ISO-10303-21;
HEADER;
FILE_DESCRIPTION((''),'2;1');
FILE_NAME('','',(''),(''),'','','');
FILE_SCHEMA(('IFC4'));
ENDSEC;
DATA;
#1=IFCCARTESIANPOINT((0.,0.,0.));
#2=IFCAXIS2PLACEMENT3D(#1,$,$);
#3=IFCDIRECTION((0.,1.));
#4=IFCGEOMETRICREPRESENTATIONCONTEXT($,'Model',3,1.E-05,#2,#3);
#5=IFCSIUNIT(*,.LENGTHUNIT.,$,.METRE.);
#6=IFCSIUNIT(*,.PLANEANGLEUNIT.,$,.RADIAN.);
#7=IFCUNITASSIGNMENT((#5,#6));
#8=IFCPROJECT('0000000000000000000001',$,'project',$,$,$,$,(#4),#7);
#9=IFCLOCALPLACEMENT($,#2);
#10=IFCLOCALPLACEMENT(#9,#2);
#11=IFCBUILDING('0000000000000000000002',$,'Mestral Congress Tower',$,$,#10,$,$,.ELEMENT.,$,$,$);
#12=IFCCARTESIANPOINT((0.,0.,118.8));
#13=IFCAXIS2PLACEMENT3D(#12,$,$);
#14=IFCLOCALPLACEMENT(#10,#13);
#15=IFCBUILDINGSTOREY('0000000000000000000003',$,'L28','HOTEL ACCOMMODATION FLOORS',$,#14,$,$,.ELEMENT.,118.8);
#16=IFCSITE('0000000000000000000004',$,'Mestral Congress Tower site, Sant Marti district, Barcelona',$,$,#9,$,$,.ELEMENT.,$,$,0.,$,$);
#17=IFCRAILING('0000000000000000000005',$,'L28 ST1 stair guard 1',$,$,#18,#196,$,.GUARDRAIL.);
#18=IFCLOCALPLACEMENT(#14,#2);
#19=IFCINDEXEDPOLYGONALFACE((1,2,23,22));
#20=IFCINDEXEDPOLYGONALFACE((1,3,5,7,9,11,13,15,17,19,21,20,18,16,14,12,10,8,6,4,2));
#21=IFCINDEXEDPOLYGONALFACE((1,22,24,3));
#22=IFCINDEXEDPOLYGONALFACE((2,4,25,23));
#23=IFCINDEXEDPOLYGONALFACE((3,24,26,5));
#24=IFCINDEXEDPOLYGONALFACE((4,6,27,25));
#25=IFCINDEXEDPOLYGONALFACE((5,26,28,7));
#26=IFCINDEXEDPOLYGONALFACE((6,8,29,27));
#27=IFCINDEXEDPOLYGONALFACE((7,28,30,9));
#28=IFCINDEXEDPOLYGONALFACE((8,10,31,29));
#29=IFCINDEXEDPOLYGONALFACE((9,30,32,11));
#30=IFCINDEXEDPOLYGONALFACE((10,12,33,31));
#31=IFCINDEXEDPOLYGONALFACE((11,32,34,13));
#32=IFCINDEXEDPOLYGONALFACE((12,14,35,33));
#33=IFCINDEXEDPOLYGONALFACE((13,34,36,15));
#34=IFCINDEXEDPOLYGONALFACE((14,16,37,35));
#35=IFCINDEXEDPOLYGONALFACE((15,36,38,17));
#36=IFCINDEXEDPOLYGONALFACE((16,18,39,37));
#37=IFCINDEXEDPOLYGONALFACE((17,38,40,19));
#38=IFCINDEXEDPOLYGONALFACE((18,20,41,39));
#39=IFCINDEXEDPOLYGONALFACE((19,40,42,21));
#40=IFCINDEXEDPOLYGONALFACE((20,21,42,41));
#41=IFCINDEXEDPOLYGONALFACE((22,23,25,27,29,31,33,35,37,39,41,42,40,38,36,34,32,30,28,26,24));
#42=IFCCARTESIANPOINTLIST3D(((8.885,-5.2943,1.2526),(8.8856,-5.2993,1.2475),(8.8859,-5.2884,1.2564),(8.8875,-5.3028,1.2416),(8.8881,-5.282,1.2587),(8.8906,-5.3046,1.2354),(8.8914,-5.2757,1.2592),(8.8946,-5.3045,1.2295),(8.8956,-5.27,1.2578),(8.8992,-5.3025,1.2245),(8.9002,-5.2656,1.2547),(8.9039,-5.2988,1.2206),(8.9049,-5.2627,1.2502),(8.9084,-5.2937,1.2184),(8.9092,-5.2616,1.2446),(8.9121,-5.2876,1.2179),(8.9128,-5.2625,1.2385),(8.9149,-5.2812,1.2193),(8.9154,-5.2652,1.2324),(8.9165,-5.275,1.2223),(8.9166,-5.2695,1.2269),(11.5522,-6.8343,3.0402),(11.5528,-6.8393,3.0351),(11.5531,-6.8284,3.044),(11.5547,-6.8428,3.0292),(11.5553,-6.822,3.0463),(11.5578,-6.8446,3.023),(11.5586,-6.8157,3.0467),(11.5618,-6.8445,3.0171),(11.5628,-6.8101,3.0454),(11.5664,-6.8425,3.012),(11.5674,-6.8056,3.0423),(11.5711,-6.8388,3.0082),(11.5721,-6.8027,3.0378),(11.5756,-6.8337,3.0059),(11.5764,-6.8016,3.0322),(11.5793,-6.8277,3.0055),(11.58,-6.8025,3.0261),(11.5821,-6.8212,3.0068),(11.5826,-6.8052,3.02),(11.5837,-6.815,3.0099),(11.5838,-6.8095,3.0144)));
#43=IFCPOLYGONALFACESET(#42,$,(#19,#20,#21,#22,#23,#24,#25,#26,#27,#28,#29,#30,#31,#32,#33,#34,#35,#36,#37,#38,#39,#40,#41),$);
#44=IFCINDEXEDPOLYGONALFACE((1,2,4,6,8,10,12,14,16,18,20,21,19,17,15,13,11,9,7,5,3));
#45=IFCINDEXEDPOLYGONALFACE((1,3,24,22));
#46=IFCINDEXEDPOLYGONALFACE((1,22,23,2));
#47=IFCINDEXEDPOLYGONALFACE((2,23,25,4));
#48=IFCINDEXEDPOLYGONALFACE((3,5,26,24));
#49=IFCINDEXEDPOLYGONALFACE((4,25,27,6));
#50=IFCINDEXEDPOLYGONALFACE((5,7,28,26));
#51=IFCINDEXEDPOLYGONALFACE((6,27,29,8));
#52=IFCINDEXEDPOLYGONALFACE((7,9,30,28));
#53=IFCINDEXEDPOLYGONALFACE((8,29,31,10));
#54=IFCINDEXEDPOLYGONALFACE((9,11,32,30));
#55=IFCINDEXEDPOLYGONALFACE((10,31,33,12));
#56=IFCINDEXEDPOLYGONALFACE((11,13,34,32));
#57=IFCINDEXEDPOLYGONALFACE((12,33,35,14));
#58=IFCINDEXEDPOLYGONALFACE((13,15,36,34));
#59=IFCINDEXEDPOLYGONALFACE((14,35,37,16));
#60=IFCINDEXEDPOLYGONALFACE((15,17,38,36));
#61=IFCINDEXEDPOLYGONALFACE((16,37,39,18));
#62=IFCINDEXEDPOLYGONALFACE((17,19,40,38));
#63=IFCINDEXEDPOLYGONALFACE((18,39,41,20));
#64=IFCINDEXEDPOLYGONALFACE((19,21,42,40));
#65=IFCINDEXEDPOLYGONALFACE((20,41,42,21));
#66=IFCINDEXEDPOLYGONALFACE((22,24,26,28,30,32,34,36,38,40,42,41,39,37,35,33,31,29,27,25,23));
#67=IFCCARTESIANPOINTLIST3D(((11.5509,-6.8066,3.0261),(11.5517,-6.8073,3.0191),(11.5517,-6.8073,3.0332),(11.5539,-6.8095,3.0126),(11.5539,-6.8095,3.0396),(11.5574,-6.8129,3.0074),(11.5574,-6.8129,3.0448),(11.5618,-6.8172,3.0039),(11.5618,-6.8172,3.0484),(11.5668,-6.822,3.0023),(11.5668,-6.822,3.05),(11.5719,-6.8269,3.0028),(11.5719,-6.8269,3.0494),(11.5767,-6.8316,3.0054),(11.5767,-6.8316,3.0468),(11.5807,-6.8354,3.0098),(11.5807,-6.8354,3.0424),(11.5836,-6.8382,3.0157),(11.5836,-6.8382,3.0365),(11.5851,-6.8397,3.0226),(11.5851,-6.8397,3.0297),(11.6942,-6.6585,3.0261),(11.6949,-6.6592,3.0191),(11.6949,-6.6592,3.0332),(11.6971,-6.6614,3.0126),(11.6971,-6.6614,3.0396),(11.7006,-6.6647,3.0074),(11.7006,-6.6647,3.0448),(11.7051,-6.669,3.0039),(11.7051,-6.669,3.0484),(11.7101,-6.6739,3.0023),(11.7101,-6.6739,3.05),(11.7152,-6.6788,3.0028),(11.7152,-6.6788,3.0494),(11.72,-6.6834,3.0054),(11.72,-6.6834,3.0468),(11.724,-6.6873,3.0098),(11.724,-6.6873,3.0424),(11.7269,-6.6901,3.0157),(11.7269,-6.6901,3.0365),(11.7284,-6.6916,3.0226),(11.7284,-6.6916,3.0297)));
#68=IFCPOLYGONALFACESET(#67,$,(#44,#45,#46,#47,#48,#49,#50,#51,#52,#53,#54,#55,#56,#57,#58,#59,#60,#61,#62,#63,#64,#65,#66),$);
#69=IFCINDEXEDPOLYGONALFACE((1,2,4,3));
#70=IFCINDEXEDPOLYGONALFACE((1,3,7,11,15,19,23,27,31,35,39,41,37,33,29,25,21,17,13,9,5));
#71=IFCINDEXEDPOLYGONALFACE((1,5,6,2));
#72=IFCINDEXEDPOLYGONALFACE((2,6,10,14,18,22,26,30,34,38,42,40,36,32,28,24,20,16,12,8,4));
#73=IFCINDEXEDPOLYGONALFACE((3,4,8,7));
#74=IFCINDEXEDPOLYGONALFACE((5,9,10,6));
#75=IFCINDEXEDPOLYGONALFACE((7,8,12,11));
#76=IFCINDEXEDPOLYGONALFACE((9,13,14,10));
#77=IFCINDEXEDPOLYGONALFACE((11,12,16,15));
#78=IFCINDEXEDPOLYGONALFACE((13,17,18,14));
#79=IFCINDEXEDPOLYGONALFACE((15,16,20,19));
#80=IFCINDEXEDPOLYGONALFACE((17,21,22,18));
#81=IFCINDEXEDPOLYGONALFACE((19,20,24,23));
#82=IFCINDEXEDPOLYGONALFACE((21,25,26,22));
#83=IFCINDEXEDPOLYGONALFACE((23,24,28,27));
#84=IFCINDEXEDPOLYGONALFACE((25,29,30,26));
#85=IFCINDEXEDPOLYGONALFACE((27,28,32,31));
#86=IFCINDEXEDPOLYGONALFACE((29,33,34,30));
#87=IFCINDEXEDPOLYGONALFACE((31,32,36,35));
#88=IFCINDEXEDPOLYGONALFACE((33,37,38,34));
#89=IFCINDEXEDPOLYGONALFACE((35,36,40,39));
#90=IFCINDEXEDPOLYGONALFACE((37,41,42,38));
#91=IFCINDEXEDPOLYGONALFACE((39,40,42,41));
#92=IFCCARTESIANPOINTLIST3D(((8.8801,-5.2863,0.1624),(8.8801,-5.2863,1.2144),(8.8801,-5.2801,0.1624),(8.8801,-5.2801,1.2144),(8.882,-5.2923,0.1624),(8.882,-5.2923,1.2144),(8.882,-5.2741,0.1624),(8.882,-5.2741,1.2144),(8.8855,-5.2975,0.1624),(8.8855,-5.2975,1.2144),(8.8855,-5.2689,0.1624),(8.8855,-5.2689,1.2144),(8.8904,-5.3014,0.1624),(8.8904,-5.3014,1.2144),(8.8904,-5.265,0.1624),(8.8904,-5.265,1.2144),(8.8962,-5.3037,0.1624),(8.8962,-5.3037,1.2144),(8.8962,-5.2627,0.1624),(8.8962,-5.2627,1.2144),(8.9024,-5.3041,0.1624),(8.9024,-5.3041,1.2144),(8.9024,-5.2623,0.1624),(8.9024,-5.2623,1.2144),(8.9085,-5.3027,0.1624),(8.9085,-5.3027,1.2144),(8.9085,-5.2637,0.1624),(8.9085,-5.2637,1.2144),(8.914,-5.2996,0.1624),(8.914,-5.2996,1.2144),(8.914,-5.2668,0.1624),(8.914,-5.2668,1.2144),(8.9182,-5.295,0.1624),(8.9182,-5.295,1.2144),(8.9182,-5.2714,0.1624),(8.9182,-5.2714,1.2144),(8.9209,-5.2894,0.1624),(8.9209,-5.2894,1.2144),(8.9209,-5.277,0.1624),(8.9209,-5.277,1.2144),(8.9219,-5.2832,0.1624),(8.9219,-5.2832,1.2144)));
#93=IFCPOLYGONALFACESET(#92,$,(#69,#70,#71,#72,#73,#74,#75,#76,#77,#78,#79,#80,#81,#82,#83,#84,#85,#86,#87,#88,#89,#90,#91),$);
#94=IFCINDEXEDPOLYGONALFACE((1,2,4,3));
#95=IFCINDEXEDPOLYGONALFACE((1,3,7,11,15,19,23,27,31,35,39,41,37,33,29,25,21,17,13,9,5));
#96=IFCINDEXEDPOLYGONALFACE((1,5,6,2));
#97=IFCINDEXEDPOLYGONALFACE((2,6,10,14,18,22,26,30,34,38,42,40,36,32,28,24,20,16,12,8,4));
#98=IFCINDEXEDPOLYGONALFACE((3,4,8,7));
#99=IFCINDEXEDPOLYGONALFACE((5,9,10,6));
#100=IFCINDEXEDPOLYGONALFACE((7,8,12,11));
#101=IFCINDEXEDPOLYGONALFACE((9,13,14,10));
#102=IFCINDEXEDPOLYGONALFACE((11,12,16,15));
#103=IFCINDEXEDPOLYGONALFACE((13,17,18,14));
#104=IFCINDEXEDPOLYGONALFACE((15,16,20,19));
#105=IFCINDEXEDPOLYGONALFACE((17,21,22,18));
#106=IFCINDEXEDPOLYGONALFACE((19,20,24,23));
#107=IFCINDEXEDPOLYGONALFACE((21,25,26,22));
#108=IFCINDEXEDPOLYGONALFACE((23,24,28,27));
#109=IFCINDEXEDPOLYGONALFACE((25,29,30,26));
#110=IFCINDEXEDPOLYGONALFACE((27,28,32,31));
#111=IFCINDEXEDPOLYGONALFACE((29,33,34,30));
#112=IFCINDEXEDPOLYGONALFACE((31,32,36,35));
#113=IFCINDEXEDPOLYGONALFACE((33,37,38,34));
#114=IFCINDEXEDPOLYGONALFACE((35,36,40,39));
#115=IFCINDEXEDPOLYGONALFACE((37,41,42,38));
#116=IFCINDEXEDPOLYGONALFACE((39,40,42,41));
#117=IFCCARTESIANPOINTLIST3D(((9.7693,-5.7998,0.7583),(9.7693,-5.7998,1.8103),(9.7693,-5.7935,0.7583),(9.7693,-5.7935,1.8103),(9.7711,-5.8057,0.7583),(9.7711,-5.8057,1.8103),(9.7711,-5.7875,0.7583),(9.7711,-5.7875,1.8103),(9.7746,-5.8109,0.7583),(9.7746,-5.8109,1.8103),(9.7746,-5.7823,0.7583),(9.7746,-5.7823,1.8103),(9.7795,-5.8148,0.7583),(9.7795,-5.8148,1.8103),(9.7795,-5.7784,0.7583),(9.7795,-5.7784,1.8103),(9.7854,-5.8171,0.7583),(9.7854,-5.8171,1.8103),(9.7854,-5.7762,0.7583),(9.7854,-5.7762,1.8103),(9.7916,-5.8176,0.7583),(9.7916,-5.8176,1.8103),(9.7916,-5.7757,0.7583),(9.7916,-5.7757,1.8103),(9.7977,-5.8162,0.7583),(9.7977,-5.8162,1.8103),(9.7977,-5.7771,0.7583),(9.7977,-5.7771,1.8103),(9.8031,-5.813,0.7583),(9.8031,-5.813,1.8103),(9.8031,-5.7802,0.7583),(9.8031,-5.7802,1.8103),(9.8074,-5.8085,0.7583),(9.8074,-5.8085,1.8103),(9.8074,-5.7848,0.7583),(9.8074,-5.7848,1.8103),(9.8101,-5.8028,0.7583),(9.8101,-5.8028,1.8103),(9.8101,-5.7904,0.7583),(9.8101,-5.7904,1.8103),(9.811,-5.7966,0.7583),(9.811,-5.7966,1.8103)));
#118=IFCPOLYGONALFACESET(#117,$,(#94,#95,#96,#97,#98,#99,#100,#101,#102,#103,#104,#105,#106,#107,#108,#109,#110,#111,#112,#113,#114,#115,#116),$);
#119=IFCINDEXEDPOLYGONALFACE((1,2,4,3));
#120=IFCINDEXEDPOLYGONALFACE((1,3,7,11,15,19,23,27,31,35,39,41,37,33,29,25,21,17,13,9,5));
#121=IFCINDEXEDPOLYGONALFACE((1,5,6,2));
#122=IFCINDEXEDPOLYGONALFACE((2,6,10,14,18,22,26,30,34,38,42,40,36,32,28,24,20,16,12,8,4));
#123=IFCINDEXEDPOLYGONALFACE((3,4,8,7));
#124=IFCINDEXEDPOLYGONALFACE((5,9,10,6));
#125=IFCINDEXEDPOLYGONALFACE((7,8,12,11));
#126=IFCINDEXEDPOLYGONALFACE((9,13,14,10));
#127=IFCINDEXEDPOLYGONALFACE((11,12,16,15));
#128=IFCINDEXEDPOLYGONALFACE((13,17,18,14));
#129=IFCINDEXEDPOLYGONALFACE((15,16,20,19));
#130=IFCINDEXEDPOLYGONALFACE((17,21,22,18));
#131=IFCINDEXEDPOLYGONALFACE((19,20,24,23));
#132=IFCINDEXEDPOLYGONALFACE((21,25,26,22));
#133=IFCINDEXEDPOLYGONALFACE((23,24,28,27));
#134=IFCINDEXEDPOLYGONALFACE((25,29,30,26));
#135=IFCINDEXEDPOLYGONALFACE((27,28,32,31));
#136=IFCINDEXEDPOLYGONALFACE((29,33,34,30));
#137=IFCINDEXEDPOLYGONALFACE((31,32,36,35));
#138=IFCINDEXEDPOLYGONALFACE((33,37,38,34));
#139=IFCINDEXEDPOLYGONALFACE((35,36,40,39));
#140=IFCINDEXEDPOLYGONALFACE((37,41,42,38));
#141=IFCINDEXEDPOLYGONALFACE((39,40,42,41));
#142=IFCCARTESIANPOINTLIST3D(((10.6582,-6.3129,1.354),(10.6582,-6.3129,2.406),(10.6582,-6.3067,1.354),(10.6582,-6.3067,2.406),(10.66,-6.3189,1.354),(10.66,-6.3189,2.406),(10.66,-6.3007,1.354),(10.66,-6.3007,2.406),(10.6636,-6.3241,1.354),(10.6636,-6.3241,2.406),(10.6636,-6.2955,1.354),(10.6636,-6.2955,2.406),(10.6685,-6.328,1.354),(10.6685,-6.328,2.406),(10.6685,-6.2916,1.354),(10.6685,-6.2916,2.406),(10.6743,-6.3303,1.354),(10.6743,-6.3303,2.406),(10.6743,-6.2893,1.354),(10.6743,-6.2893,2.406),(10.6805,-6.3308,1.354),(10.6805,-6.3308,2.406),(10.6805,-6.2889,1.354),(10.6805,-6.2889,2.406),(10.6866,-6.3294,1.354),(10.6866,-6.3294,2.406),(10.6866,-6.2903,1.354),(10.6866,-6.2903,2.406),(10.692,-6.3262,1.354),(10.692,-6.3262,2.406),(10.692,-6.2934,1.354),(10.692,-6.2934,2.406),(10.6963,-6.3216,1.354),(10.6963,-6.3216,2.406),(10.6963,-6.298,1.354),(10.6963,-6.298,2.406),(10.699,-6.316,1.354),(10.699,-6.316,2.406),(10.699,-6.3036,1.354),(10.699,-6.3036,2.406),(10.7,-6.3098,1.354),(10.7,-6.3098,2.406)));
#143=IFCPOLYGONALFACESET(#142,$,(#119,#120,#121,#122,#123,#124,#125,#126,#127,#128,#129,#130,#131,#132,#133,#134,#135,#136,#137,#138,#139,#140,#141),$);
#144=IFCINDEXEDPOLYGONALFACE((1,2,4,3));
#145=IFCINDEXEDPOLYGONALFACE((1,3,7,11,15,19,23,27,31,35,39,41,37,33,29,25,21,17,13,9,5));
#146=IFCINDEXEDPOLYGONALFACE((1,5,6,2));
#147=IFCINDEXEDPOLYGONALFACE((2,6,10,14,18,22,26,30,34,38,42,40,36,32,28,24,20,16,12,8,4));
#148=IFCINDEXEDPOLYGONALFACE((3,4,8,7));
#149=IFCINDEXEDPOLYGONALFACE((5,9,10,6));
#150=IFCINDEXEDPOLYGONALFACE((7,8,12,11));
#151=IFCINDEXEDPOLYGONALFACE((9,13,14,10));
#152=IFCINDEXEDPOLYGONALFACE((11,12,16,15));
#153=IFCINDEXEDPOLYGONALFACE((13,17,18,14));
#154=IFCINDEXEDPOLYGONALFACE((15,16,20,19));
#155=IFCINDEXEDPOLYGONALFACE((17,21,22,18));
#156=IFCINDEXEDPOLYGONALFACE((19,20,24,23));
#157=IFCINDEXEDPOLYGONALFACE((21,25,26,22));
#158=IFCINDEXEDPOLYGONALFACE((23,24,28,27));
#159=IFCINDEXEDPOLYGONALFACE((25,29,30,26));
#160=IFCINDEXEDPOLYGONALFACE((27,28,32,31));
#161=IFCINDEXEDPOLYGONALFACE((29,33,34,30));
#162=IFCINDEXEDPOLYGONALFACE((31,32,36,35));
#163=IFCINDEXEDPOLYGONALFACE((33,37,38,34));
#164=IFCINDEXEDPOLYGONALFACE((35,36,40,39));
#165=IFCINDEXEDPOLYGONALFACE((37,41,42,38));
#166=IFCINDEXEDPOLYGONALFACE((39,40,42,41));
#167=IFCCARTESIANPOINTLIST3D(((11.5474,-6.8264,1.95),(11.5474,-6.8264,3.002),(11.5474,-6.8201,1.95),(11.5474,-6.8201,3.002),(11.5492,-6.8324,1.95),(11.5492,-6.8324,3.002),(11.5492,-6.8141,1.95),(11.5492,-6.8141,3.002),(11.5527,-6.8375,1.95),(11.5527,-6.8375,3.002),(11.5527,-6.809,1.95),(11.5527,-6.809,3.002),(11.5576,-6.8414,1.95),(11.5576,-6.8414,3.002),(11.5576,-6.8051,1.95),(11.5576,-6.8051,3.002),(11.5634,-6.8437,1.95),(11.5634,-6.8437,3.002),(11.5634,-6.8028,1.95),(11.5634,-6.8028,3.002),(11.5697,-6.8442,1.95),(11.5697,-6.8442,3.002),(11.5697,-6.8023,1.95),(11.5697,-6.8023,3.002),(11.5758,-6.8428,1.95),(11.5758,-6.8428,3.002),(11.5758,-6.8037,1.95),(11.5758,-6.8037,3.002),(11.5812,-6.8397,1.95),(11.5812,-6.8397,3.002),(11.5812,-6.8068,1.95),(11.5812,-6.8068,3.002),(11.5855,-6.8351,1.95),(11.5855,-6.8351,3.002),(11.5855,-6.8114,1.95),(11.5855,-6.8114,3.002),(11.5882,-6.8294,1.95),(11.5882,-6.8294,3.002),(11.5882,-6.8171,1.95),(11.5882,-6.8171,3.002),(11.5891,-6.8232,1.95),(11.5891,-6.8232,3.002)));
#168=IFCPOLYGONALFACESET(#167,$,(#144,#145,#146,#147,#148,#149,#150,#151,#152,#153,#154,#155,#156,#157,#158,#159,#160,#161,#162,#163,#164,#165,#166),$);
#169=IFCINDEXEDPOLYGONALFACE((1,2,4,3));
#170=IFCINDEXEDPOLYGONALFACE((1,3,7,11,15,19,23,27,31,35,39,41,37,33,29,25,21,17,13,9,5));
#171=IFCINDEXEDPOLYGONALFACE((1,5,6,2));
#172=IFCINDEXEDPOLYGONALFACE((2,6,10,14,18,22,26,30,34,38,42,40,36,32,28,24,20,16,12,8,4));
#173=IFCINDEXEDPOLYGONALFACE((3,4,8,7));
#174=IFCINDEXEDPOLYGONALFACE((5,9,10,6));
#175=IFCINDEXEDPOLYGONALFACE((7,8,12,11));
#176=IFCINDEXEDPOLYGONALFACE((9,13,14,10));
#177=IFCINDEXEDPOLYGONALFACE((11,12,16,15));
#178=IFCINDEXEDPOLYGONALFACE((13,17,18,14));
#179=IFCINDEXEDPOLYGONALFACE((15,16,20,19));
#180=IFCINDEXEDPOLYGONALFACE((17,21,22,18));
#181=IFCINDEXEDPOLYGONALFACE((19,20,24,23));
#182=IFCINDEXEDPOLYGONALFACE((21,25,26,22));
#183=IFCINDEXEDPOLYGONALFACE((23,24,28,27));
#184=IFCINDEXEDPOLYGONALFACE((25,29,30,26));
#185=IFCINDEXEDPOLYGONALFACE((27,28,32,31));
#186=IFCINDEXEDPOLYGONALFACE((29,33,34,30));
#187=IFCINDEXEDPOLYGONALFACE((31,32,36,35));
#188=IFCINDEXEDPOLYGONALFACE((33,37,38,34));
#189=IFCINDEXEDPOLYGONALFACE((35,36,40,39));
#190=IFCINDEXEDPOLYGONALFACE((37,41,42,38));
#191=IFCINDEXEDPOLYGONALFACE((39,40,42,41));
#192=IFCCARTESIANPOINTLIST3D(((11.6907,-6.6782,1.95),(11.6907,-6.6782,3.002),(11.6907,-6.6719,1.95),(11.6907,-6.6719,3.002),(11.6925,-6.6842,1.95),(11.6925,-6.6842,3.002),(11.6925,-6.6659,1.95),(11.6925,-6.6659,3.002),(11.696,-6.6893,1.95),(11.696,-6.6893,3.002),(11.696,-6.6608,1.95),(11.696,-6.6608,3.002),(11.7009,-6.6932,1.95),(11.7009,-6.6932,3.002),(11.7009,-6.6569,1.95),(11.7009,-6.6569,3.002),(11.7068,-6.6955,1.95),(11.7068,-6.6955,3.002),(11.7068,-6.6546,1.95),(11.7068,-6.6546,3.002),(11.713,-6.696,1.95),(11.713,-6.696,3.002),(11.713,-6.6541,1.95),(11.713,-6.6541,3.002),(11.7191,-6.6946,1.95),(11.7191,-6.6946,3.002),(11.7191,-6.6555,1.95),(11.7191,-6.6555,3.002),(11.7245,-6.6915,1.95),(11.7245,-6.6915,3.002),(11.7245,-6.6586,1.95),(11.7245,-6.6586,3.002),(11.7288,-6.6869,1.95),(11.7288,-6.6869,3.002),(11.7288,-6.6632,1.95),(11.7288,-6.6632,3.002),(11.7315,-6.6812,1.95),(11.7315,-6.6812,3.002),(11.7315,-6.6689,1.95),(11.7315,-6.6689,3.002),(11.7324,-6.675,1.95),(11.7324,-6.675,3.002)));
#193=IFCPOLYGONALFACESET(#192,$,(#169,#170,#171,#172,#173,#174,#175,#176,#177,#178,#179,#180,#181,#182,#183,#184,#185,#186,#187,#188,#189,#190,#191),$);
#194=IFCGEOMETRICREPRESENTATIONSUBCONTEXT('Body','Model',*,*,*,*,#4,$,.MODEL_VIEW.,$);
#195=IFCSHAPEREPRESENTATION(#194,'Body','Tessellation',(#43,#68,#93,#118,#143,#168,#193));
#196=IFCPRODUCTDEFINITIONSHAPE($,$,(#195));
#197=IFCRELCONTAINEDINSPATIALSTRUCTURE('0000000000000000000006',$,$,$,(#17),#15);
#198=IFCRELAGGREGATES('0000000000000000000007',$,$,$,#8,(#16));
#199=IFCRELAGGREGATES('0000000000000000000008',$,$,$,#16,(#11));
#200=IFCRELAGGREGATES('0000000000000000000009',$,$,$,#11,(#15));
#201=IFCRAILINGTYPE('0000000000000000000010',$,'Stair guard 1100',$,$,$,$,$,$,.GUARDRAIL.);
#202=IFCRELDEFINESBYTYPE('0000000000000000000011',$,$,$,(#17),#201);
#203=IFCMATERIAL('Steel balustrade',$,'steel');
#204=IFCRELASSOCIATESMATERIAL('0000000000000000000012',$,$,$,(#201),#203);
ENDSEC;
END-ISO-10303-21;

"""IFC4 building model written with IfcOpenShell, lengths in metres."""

from ifc_helpers import new_model, si_unit, direction, frame, origin, origin_2d, place, context, subcontext, project, spatial, circle, extrude, material, type_object, element, save


model = new_model("IFC4")

# Units and contexts
model_context = context("Model", 3, precision=1e-05, world=origin(), true_north=direction((0.0, 1.0)))
body_context = subcontext(model_context, "Body", "Model", "MODEL_VIEW")
ifc_project = project(units=[si_unit("LENGTHUNIT", "METRE"), si_unit("PLANEANGLEUNIT", "RADIAN")], contexts=[model_context])

# Site, building, storey
site_placement = place(None, origin())
site = spatial("IfcSite", under=ifc_project, at=site_placement, Name="Mestral Congress Tower site, Sant Marti district, Barcelona", CompositionType="ELEMENT", RefElevation=0.0)
building_placement = place(site_placement, origin())
building = spatial("IfcBuilding", under=site, at=building_placement, Name="Mestral Congress Tower", CompositionType="ELEMENT")
storey_placement = place(building_placement, frame((0.0, 0.0, 118.8)))
storey = spatial("IfcBuildingStorey", under=building, at=storey_placement, Name="L28", Description="HOTEL ACCOMMODATION FLOORS", CompositionType="ELEMENT", Elevation=118.8)

# Railing
ifc_material_1 = material(Name="Steel balustrade", Category="steel")
railing_type_1 = type_object("IfcRailingType", Name="Stair guard 1100", PredefinedType="GUARDRAIL", material=ifc_material_1)
railing_1_placement = place(storey_placement, frame((8.9009, -5.2832, 0.1624)))
element("IfcRailing", 1, at=railing_1_placement, inside=storey, type_object=railing_type_1, Name="L28 ST1 stair guard 1", PredefinedType="GUARDRAIL", context=body_context, shape_type="SweptSolid", body=[
    extrude(circle(Radius=0.0239, at=origin_2d()), frame((0.0, 0.0, 1.0762), z_axis=(0.748994, -0.432463, 0.50198), x_axis=(0.500027, 0.86601, 0.0)), (0.0, 0.0, 1.0), 3.561),
    extrude(circle(Radius=0.0239, at=origin_2d()), frame((2.6672, -1.54, 2.8638), z_axis=(0.695165, 0.71885, 0.0), x_axis=(-0.71885, 0.695165, 0.0)), (0.0, 0.0, 1.0), 0.2061),
    extrude(circle(Radius=0.021, at=origin_2d()), origin(), (0.0, 0.0, 1.0), 1.052),
    extrude(circle(Radius=0.021, at=origin_2d()), frame((0.8892, -0.5134, 0.5959)), (0.0, 0.0, 1.0), 1.052),
    extrude(circle(Radius=0.021, at=origin_2d()), frame((1.7781, -1.0266, 1.1917)), (0.0, 0.0, 1.0), 1.052),
    extrude(circle(Radius=0.021, at=origin_2d()), frame((2.6672, -1.54, 1.7876)), (0.0, 0.0, 1.0), 1.052),
    extrude(circle(Radius=0.021, at=origin_2d()), frame((2.8105, -1.3918, 1.7876)), (0.0, 0.0, 1.0), 1.052),
])

save(model, "model.ifc")
